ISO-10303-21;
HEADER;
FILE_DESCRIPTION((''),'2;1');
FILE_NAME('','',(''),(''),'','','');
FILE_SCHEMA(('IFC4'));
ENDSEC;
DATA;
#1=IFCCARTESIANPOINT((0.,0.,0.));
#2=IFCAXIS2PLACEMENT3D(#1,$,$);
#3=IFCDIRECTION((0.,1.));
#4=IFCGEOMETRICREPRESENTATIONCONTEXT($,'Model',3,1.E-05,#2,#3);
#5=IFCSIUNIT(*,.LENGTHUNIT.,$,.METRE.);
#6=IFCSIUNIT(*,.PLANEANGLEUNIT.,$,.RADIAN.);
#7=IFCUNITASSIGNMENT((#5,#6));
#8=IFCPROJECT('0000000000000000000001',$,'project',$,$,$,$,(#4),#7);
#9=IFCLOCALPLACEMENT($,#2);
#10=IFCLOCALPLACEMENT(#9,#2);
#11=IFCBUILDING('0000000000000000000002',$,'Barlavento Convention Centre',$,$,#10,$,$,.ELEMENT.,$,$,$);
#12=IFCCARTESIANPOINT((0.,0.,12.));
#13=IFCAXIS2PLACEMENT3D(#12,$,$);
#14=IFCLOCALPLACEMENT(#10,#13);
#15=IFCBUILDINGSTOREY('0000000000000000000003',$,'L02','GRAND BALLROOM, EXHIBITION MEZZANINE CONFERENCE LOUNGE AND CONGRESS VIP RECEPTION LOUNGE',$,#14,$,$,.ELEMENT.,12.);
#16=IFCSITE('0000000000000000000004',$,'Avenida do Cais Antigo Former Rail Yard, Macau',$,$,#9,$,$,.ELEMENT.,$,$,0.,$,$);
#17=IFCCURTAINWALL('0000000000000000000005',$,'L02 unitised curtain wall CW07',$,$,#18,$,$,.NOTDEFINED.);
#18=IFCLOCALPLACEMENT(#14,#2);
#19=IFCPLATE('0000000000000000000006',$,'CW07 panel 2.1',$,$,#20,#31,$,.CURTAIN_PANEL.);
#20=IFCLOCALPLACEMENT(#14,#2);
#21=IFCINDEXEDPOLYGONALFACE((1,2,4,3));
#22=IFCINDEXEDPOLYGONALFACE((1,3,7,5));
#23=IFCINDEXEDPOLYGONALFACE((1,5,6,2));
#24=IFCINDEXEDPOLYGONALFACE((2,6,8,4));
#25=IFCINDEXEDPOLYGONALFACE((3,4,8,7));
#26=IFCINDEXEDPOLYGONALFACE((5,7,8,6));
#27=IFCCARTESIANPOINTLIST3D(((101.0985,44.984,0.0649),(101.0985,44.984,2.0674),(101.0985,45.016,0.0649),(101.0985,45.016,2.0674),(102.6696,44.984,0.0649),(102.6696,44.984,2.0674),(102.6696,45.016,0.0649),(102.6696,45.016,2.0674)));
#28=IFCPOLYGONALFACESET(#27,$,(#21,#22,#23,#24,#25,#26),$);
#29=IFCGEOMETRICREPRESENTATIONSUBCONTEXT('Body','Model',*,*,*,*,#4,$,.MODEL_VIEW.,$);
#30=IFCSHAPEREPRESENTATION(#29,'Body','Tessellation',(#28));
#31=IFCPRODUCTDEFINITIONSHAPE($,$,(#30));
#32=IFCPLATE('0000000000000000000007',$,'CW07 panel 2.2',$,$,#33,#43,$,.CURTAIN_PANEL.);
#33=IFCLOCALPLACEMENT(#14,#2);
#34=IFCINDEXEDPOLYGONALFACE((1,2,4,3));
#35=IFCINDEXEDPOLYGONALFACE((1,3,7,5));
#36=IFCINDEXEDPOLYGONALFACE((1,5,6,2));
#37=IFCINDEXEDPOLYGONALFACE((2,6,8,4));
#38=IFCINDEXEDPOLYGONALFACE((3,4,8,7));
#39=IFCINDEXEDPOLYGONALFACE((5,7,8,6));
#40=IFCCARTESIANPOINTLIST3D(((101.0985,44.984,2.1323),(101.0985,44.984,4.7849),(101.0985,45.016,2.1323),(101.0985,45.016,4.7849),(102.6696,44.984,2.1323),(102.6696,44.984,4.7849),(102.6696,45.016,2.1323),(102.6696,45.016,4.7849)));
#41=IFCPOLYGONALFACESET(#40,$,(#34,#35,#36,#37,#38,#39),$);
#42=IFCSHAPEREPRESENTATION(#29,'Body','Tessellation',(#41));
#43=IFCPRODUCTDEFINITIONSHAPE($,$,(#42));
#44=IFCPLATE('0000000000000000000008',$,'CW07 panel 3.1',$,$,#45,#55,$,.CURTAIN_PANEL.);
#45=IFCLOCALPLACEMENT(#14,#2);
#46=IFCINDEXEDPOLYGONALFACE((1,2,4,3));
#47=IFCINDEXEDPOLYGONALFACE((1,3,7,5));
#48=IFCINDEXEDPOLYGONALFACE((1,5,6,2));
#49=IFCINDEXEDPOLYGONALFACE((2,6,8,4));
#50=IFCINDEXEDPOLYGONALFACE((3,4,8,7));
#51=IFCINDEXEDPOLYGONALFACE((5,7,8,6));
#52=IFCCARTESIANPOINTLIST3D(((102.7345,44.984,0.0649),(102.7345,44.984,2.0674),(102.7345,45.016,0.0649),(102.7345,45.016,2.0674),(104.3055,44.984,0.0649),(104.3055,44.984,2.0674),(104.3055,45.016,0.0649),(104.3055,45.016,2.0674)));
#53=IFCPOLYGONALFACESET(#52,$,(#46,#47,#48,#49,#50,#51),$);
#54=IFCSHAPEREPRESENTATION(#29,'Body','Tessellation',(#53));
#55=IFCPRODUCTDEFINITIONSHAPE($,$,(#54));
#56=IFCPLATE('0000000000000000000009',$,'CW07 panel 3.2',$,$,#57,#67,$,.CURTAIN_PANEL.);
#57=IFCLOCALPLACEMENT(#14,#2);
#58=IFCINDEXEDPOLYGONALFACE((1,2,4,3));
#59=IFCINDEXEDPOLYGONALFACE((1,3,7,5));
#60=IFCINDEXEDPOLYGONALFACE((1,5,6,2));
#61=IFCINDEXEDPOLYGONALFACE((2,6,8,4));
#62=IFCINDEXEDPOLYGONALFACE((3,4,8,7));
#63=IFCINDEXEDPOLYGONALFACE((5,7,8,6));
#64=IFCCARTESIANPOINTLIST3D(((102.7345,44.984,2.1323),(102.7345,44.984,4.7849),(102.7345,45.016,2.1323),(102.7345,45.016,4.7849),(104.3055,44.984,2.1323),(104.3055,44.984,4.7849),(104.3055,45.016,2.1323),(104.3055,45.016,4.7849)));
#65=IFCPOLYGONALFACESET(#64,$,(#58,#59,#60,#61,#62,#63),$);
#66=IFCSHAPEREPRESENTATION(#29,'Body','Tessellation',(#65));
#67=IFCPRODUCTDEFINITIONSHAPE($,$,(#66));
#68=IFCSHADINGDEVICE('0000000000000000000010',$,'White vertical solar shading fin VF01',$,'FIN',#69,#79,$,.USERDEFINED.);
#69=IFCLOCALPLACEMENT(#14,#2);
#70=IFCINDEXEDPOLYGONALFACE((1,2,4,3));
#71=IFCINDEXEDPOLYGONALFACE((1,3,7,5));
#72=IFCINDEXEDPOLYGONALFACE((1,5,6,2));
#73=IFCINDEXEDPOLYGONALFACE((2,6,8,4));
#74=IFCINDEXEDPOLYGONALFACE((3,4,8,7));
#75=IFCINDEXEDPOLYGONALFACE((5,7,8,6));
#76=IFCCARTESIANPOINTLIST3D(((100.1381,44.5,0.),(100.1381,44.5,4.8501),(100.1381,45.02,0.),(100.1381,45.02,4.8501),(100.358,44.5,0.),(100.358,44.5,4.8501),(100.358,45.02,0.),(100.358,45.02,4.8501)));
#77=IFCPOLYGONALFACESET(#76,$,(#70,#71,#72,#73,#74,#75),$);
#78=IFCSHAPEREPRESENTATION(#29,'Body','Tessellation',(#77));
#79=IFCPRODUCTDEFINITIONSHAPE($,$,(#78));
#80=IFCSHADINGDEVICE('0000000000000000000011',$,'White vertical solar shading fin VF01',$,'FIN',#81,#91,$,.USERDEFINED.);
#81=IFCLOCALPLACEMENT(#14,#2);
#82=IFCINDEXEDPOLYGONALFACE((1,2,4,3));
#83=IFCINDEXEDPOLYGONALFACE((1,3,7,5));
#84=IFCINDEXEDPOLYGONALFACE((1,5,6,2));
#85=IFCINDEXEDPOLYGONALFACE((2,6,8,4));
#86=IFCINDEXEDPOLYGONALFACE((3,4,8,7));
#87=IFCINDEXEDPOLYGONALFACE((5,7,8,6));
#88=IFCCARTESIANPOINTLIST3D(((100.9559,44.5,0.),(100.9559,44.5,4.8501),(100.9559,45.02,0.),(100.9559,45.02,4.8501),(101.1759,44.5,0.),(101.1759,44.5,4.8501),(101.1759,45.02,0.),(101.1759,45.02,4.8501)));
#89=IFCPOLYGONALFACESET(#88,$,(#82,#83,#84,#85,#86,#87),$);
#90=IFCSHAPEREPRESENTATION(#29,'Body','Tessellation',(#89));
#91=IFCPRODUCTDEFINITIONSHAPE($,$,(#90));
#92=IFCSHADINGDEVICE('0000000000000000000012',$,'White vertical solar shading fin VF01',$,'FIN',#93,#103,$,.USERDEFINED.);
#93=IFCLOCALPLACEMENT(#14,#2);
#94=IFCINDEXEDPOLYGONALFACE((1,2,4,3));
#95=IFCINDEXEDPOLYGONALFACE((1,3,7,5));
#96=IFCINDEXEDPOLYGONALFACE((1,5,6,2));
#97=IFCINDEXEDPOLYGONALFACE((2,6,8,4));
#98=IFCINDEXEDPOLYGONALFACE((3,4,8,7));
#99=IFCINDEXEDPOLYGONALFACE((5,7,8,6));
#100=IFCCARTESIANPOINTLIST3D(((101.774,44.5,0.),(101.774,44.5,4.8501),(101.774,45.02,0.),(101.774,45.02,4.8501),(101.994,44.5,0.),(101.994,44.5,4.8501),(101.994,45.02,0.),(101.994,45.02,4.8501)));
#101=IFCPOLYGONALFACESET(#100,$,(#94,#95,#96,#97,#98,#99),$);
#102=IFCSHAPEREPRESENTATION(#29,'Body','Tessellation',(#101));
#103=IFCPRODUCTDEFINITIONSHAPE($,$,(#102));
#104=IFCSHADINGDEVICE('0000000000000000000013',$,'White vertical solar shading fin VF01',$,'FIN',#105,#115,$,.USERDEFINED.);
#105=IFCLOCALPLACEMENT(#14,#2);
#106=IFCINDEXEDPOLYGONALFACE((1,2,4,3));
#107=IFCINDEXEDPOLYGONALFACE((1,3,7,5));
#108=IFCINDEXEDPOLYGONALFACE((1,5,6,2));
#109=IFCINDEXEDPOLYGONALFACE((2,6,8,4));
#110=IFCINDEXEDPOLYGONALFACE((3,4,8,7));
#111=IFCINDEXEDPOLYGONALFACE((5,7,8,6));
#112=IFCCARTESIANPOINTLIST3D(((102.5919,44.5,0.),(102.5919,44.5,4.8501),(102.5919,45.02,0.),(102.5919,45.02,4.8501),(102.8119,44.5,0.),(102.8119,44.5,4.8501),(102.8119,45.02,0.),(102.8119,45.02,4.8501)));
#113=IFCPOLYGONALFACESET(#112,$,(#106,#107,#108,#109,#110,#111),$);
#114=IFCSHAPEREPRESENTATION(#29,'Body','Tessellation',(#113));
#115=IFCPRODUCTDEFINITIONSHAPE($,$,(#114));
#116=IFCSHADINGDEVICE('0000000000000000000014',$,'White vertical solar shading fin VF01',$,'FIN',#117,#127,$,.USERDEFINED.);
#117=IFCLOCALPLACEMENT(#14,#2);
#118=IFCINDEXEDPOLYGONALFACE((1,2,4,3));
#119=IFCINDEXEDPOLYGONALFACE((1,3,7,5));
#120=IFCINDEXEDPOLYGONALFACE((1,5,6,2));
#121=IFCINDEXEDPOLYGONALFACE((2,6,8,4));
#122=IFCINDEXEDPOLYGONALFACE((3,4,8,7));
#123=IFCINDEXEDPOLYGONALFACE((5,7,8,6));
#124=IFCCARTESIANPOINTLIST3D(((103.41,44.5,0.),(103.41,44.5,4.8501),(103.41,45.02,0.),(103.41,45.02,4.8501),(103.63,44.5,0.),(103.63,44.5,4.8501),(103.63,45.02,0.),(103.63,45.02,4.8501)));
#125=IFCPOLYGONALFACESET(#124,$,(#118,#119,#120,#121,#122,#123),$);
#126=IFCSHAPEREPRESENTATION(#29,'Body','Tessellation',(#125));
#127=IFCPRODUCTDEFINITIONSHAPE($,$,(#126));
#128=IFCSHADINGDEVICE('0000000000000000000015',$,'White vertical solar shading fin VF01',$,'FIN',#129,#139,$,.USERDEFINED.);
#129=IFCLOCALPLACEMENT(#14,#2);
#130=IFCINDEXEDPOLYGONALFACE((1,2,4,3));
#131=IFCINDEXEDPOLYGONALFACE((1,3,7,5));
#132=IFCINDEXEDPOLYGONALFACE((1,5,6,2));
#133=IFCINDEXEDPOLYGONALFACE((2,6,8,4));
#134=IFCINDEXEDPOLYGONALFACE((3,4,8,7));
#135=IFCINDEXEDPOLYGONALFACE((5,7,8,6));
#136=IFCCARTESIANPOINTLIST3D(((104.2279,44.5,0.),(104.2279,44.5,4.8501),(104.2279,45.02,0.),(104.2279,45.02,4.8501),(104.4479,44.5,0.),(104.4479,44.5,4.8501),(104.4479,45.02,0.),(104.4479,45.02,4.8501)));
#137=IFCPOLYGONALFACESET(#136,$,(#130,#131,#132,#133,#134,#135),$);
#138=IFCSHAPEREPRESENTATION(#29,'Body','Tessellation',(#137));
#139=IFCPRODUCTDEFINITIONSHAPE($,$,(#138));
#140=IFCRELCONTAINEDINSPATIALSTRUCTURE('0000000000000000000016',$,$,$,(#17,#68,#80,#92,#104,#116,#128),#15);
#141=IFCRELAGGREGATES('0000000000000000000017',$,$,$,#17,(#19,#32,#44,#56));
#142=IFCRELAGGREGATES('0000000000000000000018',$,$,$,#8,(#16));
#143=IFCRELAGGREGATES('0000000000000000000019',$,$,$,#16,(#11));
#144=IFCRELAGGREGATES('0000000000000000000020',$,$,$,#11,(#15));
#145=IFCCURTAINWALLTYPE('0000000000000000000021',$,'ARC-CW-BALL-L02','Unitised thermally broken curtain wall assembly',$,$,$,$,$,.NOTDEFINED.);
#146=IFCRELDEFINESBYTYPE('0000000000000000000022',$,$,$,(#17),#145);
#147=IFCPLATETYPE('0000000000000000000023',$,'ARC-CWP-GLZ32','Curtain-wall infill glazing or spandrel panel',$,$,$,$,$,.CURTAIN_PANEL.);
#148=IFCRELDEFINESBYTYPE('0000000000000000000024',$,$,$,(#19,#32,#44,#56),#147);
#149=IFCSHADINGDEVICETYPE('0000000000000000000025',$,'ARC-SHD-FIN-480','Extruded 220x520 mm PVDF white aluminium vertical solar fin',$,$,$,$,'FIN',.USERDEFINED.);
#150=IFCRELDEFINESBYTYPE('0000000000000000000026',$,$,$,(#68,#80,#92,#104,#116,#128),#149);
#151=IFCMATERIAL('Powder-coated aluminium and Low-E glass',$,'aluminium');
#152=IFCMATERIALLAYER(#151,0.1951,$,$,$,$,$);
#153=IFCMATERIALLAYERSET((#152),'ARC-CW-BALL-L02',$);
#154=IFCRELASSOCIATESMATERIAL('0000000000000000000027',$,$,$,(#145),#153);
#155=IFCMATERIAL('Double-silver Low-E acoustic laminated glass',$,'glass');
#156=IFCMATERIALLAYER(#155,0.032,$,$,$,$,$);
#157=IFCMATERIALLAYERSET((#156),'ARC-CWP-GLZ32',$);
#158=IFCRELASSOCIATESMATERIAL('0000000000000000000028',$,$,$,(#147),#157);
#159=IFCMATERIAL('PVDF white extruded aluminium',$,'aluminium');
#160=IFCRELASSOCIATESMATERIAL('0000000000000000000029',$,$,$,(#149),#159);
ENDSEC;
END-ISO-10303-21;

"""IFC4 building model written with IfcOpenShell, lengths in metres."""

from ifc_helpers import new_model, si_unit, direction, frame, origin, origin_2d, place, context, subcontext, project, spatial, rectangle, extrude, material, layer, layer_set, type_object, element, aggregate, save


model = new_model("IFC4")

# Units and contexts
model_context = context("Model", 3, precision=1e-05, world=origin(), true_north=direction((0.0, 1.0)))
body_context = subcontext(model_context, "Body", "Model", "MODEL_VIEW")
ifc_project = project(units=[si_unit("LENGTHUNIT", "METRE"), si_unit("PLANEANGLEUNIT", "RADIAN")], contexts=[model_context])

# Site, building, storey
site_placement = place(None, origin())
site = spatial("IfcSite", under=ifc_project, at=site_placement, Name="Avenida do Cais Antigo Former Rail Yard, Macau", CompositionType="ELEMENT", RefElevation=0.0)
building_placement = place(site_placement, origin())
building = spatial("IfcBuilding", under=site, at=building_placement, Name="Barlavento Convention Centre", CompositionType="ELEMENT")
storey_placement = place(building_placement, frame((0.0, 0.0, 12.0)))
storey = spatial("IfcBuildingStorey", under=building, at=storey_placement, Name="L02", Description="GRAND BALLROOM, EXHIBITION MEZZANINE CONFERENCE LOUNGE AND CONGRESS VIP RECEPTION LOUNGE", CompositionType="ELEMENT", Elevation=12.0)

# Curtain wall, plates
ifc_material_1 = material(Name="Powder-coated aluminium and Low-E glass", Category="aluminium")
ifc_layer_1 = layer(ifc_material_1, 0.1951)
ifc_layer_set_1 = layer_set([ifc_layer_1], Name="ARC-CW-BALL-L02")
curtain_wall_type = type_object("IfcCurtainWallType", Name="ARC-CW-BALL-L02", Description="Unitised thermally broken curtain wall assembly", PredefinedType="NOTDEFINED", material=ifc_layer_set_1)
curtain_wall_placement = place(storey_placement, origin())
curtain_wall = element("IfcCurtainWall", 1, at=curtain_wall_placement, inside=storey, type_object=curtain_wall_type, Name="L02 unitised curtain wall CW07", PredefinedType="NOTDEFINED")
ifc_material_2 = material(Name="Double-silver Low-E acoustic laminated glass", Category="glass")
ifc_layer_2 = layer(ifc_material_2, 0.032)
ifc_layer_set_2 = layer_set([ifc_layer_2], Name="ARC-CWP-GLZ32")
plate_type = type_object("IfcPlateType", Name="ARC-CWP-GLZ32", Description="Curtain-wall infill glazing or spandrel panel", PredefinedType="CURTAIN_PANEL", material=ifc_layer_set_2)
plate_1_placement = place(storey_placement, frame((101.884, 45.0, 0.0649), z_axis=(0.0, 0.0, 1.0), x_axis=(1.0, 0.0, 0.0)))
plate_1 = element("IfcPlate", 2, at=plate_1_placement, type_object=plate_type, Name="CW07 panel 2.1", PredefinedType="CURTAIN_PANEL", context=body_context, shape_type="SweptSolid", body=[
    extrude(rectangle(XDim=1.571, YDim=0.032, at=origin_2d()), origin(), (0.0, 0.0, 1.0), 2.0024),
])
plate_2_placement = place(storey_placement, frame((101.884, 45.0, 2.1323), z_axis=(0.0, 0.0, 1.0), x_axis=(1.0, 0.0, 0.0)))
plate_2 = element("IfcPlate", 3, at=plate_2_placement, type_object=plate_type, Name="CW07 panel 2.2", PredefinedType="CURTAIN_PANEL", context=body_context, shape_type="SweptSolid", body=[
    extrude(rectangle(XDim=1.571, YDim=0.032, at=origin_2d()), origin(), (0.0, 0.0, 1.0), 2.6526),
])
plate_3_placement = place(storey_placement, frame((103.52, 45.0, 0.0649), z_axis=(0.0, 0.0, 1.0), x_axis=(1.0, 0.0, 0.0)))
plate_3 = element("IfcPlate", 4, at=plate_3_placement, type_object=plate_type, Name="CW07 panel 3.1", PredefinedType="CURTAIN_PANEL", context=body_context, shape_type="SweptSolid", body=[
    extrude(rectangle(XDim=1.571, YDim=0.032, at=origin_2d()), origin(), (0.0, 0.0, 1.0), 2.0024),
])
plate_4_placement = place(storey_placement, frame((103.52, 45.0, 2.1323), z_axis=(0.0, 0.0, 1.0), x_axis=(1.0, 0.0, 0.0)))
plate_4 = element("IfcPlate", 5, at=plate_4_placement, type_object=plate_type, Name="CW07 panel 3.2", PredefinedType="CURTAIN_PANEL", context=body_context, shape_type="SweptSolid", body=[
    extrude(rectangle(XDim=1.571, YDim=0.032, at=origin_2d()), origin(), (0.0, 0.0, 1.0), 2.6526),
])
aggregate(curtain_wall, [plate_1, plate_2, plate_3, plate_4])

# Shading devices
ifc_material_3 = material(Name="PVDF white extruded aluminium", Category="aluminium")
shading_device_type = type_object("IfcShadingDeviceType", Name="ARC-SHD-FIN-480", Description="Extruded 220x520 mm PVDF white aluminium vertical solar fin", ElementType="FIN", PredefinedType="USERDEFINED", material=ifc_material_3)
for number, where, z_axis, x_axis, name in (
    (6, (100.248, 44.76, 0.0), (0.0, 0.0, 1.0), (1.0, 0.0, 0.0), "White vertical solar shading fin VF01"),
    (7, (101.0659, 44.76, 0.0), (0.0, 0.0, 1.0), (1.0, 0.0, 0.0), "White vertical solar shading fin VF01"),
    (8, (101.884, 44.76, 0.0), (0.0, 0.0, 1.0), (1.0, 0.0, 0.0), "White vertical solar shading fin VF01"),
    (9, (102.7019, 44.76, 0.0), (0.0, 0.0, 1.0), (1.0, 0.0, 0.0), "White vertical solar shading fin VF01"),
    (10, (103.52, 44.76, 0.0), (0.0, 0.0, 1.0), (1.0, 0.0, 0.0), "White vertical solar shading fin VF01"),
    (11, (104.3379, 44.76, 0.0), (0.0, 0.0, 1.0), (1.0, 0.0, 0.0), "White vertical solar shading fin VF01"),
):
    element("IfcShadingDevice", number, at=place(storey_placement, frame(where, z_axis=z_axis, x_axis=x_axis)), inside=storey, type_object=shading_device_type, Name=name, ObjectType="FIN", PredefinedType="USERDEFINED", context=body_context, shape_type="SweptSolid", body=[
        extrude(rectangle(XDim=0.22, YDim=0.52, at=origin_2d()), origin(), (0.0, 0.0, 1.0), 4.8501),
    ])

save(model, "model.ifc")
